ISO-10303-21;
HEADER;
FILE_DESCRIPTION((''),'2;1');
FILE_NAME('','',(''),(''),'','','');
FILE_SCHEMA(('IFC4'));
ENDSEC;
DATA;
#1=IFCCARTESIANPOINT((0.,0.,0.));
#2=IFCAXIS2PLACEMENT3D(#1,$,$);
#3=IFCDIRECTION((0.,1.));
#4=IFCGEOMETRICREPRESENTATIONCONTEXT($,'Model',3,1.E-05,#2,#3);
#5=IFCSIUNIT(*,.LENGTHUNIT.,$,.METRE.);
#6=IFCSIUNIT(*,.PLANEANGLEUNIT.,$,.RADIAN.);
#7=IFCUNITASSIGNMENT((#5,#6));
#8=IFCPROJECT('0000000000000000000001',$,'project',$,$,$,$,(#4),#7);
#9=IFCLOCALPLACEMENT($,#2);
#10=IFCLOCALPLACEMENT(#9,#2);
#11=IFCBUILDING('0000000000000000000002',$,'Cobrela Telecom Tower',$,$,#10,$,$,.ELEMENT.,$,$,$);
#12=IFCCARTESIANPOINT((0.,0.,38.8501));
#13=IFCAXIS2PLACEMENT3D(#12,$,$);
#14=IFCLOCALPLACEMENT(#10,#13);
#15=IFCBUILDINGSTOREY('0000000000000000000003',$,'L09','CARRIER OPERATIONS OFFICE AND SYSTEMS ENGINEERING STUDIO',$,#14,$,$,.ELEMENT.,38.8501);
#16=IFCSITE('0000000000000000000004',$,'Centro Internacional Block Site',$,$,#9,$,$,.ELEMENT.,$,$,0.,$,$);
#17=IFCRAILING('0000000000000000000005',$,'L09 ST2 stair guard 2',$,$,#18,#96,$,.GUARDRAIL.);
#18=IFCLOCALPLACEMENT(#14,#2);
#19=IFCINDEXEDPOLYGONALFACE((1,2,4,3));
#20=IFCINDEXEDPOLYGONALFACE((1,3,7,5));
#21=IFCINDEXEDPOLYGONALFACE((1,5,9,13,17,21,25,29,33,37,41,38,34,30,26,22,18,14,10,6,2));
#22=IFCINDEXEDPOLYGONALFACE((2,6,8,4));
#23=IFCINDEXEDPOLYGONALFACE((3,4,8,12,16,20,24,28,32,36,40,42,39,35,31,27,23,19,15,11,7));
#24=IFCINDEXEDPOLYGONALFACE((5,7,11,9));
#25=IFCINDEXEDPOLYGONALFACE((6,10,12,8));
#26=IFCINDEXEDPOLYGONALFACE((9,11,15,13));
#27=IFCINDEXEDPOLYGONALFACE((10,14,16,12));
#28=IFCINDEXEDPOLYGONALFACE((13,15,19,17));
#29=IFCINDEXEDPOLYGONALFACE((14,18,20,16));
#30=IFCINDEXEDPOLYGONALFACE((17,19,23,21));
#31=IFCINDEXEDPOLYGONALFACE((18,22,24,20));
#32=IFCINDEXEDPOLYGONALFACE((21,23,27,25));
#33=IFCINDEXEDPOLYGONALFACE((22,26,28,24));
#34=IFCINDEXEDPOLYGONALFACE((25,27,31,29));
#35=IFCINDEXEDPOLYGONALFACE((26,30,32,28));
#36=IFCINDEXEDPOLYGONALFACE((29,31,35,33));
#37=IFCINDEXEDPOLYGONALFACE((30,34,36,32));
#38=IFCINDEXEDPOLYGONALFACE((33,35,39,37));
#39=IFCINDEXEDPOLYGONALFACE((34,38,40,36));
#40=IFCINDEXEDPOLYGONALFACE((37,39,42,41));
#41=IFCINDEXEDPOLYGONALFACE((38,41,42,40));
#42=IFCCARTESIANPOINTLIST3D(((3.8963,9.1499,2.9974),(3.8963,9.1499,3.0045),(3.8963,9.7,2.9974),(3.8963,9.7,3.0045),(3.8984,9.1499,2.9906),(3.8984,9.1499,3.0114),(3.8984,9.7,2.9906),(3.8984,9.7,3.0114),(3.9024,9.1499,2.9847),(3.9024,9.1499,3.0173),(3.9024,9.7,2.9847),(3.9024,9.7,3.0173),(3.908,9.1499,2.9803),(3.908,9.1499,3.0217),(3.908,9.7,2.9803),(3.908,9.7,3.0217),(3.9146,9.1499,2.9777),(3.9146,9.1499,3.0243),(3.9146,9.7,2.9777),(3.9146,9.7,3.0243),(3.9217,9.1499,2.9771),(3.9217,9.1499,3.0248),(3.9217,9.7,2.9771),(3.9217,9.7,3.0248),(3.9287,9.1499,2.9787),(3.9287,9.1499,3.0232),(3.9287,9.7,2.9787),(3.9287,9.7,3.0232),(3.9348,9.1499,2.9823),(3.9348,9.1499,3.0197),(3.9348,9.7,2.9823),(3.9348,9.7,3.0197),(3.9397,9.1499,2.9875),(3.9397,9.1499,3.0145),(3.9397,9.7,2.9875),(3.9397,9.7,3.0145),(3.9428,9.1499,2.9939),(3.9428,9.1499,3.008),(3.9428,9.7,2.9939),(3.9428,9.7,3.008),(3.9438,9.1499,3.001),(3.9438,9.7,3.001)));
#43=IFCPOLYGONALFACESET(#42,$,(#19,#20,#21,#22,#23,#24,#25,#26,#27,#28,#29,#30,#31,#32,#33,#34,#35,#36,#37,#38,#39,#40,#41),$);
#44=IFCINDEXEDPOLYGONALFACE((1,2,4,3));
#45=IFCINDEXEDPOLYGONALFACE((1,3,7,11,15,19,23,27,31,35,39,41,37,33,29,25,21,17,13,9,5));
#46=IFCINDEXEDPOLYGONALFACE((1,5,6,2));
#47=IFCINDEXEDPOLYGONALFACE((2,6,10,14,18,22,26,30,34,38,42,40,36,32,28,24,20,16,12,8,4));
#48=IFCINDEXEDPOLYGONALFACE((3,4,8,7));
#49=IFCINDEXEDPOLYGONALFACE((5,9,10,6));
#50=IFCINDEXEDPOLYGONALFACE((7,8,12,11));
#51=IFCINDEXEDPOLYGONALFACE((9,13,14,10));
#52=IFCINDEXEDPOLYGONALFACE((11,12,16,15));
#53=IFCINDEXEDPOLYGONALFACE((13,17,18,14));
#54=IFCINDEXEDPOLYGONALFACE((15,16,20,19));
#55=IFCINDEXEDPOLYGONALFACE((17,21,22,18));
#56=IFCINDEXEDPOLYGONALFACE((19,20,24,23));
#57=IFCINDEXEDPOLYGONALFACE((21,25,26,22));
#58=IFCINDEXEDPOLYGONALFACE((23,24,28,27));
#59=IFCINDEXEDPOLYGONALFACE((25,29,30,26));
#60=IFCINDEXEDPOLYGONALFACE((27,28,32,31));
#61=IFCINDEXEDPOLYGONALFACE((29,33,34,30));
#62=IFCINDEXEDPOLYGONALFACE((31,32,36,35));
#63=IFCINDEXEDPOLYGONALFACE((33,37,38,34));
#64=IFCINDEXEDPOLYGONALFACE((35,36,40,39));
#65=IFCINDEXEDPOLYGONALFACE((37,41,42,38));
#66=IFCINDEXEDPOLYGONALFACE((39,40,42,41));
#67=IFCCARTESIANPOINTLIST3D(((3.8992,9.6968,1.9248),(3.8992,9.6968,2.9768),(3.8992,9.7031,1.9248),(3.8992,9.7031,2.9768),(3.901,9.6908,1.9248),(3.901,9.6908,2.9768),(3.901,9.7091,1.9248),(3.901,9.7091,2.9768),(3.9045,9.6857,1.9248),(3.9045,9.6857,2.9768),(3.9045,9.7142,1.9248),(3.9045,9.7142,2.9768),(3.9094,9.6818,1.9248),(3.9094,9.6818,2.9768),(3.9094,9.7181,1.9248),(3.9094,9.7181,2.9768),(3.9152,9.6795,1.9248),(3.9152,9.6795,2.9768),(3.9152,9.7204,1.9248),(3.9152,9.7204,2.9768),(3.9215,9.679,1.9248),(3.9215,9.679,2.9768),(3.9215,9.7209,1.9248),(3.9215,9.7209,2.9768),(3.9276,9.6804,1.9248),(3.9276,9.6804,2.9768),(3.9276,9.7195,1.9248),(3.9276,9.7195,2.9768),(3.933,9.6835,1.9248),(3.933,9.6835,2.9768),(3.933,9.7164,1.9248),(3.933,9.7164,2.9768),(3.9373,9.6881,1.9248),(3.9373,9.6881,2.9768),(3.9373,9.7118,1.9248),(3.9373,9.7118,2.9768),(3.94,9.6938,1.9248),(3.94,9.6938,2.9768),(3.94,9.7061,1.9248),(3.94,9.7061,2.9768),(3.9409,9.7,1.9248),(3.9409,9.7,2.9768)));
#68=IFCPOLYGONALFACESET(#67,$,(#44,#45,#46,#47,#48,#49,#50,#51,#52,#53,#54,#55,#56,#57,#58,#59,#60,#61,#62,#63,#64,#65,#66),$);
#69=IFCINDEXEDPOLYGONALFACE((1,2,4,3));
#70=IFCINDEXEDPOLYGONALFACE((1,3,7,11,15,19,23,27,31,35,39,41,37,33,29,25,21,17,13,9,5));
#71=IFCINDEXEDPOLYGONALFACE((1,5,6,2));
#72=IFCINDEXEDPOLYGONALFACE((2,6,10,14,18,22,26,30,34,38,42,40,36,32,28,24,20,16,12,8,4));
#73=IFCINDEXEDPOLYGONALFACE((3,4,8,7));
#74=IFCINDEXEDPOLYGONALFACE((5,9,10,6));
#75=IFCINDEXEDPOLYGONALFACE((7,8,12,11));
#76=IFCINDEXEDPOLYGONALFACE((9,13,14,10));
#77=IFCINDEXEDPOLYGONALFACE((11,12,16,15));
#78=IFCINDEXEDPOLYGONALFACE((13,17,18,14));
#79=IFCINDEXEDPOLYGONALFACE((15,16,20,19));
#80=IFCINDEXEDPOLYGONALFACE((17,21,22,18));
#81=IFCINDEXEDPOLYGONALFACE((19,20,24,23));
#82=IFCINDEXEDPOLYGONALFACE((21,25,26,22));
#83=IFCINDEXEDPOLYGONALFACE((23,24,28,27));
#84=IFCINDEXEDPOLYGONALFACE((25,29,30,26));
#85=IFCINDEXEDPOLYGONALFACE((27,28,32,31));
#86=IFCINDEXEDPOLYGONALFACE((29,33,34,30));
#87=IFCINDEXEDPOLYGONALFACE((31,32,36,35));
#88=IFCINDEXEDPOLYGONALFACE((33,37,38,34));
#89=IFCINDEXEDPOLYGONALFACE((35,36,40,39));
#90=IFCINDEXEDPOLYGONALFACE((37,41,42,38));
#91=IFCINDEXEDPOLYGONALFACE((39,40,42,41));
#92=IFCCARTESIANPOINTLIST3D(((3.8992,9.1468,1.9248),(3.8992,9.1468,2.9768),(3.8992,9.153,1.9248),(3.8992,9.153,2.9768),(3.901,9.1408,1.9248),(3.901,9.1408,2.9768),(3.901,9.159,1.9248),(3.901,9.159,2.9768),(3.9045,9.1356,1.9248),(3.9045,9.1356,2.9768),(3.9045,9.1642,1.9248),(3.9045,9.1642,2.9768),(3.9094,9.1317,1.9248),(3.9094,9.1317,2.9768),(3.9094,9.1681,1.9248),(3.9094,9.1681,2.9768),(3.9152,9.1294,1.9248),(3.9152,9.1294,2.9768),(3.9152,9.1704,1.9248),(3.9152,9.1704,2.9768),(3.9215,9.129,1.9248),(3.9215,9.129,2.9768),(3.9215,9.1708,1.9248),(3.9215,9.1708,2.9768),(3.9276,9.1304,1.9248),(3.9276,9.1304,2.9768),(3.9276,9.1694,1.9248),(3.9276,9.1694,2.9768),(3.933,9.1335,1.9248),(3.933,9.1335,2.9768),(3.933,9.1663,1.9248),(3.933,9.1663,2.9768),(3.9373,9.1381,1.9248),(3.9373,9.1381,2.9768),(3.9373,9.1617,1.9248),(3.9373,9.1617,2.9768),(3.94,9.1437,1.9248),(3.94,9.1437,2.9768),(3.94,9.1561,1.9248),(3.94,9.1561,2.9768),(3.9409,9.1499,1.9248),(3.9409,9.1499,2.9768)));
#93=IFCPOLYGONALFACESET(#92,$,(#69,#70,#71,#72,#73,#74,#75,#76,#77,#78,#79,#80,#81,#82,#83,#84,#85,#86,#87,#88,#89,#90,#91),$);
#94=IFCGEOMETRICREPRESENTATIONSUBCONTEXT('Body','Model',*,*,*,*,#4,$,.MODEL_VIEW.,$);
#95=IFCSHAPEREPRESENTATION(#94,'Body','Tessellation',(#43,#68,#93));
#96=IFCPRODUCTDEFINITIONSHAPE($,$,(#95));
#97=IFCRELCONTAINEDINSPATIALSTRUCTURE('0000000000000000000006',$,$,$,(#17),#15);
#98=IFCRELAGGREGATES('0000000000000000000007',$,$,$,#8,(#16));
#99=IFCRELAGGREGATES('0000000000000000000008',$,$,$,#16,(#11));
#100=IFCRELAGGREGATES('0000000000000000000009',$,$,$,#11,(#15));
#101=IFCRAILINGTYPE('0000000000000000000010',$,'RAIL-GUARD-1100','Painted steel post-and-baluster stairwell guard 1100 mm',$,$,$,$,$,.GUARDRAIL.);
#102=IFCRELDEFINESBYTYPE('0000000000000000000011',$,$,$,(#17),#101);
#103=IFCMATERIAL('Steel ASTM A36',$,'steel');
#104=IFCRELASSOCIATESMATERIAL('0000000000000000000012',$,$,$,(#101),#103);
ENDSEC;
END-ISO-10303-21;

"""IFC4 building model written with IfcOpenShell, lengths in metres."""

from ifc_helpers import new_model, si_unit, direction, frame, origin, origin_2d, place, context, subcontext, project, spatial, circle, extrude, material, type_object, element, save


model = new_model("IFC4")

# Units and contexts
model_context = context("Model", 3, precision=1e-05, world=origin(), true_north=direction((0.0, 1.0)))
body_context = subcontext(model_context, "Body", "Model", "MODEL_VIEW")
ifc_project = project(units=[si_unit("LENGTHUNIT", "METRE"), si_unit("PLANEANGLEUNIT", "RADIAN")], contexts=[model_context])

# Site, building, storey
site_placement = place(None, origin())
site = spatial("IfcSite", under=ifc_project, at=site_placement, Name="Centro Internacional Block Site", CompositionType="ELEMENT", RefElevation=0.0)
building_placement = place(site_placement, origin())
building = spatial("IfcBuilding", under=site, at=building_placement, Name="Cobrela Telecom Tower", CompositionType="ELEMENT")
storey_placement = place(building_placement, frame((0.0, 0.0, 38.8501)))
storey = spatial("IfcBuildingStorey", under=building, at=storey_placement, Name="L09", Description="CARRIER OPERATIONS OFFICE AND SYSTEMS ENGINEERING STUDIO", CompositionType="ELEMENT", Elevation=38.8501)

# Railing
ifc_material_1 = material(Name="Steel ASTM A36", Category="steel")
railing_type_1 = type_object("IfcRailingType", Name="RAIL-GUARD-1100", Description="Painted steel post-and-baluster stairwell guard 1100 mm", PredefinedType="GUARDRAIL", material=ifc_material_1)
railing_1_placement = place(storey_placement, frame((3.9199, 9.7, 1.9248)))
element("IfcRailing", 1, at=railing_1_placement, inside=storey, type_object=railing_type_1, Name="L09 ST2 stair guard 2", PredefinedType="GUARDRAIL", context=body_context, shape_type="SweptSolid", body=[
    extrude(circle(Radius=0.0239, at=origin_2d()), frame((0.0, 0.0, 1.0762), z_axis=(0.0, -1.0, 0.0), x_axis=(1.0, 0.0, 0.0)), (0.0, 0.0, 1.0), 0.55),
    extrude(circle(Radius=0.021, at=origin_2d()), origin(), (0.0, 0.0, 1.0), 1.052),
    extrude(circle(Radius=0.021, at=origin_2d()), frame((0.0, -0.55, 0.0)), (0.0, 0.0, 1.0), 1.052),
])

save(model, "model.ifc")
